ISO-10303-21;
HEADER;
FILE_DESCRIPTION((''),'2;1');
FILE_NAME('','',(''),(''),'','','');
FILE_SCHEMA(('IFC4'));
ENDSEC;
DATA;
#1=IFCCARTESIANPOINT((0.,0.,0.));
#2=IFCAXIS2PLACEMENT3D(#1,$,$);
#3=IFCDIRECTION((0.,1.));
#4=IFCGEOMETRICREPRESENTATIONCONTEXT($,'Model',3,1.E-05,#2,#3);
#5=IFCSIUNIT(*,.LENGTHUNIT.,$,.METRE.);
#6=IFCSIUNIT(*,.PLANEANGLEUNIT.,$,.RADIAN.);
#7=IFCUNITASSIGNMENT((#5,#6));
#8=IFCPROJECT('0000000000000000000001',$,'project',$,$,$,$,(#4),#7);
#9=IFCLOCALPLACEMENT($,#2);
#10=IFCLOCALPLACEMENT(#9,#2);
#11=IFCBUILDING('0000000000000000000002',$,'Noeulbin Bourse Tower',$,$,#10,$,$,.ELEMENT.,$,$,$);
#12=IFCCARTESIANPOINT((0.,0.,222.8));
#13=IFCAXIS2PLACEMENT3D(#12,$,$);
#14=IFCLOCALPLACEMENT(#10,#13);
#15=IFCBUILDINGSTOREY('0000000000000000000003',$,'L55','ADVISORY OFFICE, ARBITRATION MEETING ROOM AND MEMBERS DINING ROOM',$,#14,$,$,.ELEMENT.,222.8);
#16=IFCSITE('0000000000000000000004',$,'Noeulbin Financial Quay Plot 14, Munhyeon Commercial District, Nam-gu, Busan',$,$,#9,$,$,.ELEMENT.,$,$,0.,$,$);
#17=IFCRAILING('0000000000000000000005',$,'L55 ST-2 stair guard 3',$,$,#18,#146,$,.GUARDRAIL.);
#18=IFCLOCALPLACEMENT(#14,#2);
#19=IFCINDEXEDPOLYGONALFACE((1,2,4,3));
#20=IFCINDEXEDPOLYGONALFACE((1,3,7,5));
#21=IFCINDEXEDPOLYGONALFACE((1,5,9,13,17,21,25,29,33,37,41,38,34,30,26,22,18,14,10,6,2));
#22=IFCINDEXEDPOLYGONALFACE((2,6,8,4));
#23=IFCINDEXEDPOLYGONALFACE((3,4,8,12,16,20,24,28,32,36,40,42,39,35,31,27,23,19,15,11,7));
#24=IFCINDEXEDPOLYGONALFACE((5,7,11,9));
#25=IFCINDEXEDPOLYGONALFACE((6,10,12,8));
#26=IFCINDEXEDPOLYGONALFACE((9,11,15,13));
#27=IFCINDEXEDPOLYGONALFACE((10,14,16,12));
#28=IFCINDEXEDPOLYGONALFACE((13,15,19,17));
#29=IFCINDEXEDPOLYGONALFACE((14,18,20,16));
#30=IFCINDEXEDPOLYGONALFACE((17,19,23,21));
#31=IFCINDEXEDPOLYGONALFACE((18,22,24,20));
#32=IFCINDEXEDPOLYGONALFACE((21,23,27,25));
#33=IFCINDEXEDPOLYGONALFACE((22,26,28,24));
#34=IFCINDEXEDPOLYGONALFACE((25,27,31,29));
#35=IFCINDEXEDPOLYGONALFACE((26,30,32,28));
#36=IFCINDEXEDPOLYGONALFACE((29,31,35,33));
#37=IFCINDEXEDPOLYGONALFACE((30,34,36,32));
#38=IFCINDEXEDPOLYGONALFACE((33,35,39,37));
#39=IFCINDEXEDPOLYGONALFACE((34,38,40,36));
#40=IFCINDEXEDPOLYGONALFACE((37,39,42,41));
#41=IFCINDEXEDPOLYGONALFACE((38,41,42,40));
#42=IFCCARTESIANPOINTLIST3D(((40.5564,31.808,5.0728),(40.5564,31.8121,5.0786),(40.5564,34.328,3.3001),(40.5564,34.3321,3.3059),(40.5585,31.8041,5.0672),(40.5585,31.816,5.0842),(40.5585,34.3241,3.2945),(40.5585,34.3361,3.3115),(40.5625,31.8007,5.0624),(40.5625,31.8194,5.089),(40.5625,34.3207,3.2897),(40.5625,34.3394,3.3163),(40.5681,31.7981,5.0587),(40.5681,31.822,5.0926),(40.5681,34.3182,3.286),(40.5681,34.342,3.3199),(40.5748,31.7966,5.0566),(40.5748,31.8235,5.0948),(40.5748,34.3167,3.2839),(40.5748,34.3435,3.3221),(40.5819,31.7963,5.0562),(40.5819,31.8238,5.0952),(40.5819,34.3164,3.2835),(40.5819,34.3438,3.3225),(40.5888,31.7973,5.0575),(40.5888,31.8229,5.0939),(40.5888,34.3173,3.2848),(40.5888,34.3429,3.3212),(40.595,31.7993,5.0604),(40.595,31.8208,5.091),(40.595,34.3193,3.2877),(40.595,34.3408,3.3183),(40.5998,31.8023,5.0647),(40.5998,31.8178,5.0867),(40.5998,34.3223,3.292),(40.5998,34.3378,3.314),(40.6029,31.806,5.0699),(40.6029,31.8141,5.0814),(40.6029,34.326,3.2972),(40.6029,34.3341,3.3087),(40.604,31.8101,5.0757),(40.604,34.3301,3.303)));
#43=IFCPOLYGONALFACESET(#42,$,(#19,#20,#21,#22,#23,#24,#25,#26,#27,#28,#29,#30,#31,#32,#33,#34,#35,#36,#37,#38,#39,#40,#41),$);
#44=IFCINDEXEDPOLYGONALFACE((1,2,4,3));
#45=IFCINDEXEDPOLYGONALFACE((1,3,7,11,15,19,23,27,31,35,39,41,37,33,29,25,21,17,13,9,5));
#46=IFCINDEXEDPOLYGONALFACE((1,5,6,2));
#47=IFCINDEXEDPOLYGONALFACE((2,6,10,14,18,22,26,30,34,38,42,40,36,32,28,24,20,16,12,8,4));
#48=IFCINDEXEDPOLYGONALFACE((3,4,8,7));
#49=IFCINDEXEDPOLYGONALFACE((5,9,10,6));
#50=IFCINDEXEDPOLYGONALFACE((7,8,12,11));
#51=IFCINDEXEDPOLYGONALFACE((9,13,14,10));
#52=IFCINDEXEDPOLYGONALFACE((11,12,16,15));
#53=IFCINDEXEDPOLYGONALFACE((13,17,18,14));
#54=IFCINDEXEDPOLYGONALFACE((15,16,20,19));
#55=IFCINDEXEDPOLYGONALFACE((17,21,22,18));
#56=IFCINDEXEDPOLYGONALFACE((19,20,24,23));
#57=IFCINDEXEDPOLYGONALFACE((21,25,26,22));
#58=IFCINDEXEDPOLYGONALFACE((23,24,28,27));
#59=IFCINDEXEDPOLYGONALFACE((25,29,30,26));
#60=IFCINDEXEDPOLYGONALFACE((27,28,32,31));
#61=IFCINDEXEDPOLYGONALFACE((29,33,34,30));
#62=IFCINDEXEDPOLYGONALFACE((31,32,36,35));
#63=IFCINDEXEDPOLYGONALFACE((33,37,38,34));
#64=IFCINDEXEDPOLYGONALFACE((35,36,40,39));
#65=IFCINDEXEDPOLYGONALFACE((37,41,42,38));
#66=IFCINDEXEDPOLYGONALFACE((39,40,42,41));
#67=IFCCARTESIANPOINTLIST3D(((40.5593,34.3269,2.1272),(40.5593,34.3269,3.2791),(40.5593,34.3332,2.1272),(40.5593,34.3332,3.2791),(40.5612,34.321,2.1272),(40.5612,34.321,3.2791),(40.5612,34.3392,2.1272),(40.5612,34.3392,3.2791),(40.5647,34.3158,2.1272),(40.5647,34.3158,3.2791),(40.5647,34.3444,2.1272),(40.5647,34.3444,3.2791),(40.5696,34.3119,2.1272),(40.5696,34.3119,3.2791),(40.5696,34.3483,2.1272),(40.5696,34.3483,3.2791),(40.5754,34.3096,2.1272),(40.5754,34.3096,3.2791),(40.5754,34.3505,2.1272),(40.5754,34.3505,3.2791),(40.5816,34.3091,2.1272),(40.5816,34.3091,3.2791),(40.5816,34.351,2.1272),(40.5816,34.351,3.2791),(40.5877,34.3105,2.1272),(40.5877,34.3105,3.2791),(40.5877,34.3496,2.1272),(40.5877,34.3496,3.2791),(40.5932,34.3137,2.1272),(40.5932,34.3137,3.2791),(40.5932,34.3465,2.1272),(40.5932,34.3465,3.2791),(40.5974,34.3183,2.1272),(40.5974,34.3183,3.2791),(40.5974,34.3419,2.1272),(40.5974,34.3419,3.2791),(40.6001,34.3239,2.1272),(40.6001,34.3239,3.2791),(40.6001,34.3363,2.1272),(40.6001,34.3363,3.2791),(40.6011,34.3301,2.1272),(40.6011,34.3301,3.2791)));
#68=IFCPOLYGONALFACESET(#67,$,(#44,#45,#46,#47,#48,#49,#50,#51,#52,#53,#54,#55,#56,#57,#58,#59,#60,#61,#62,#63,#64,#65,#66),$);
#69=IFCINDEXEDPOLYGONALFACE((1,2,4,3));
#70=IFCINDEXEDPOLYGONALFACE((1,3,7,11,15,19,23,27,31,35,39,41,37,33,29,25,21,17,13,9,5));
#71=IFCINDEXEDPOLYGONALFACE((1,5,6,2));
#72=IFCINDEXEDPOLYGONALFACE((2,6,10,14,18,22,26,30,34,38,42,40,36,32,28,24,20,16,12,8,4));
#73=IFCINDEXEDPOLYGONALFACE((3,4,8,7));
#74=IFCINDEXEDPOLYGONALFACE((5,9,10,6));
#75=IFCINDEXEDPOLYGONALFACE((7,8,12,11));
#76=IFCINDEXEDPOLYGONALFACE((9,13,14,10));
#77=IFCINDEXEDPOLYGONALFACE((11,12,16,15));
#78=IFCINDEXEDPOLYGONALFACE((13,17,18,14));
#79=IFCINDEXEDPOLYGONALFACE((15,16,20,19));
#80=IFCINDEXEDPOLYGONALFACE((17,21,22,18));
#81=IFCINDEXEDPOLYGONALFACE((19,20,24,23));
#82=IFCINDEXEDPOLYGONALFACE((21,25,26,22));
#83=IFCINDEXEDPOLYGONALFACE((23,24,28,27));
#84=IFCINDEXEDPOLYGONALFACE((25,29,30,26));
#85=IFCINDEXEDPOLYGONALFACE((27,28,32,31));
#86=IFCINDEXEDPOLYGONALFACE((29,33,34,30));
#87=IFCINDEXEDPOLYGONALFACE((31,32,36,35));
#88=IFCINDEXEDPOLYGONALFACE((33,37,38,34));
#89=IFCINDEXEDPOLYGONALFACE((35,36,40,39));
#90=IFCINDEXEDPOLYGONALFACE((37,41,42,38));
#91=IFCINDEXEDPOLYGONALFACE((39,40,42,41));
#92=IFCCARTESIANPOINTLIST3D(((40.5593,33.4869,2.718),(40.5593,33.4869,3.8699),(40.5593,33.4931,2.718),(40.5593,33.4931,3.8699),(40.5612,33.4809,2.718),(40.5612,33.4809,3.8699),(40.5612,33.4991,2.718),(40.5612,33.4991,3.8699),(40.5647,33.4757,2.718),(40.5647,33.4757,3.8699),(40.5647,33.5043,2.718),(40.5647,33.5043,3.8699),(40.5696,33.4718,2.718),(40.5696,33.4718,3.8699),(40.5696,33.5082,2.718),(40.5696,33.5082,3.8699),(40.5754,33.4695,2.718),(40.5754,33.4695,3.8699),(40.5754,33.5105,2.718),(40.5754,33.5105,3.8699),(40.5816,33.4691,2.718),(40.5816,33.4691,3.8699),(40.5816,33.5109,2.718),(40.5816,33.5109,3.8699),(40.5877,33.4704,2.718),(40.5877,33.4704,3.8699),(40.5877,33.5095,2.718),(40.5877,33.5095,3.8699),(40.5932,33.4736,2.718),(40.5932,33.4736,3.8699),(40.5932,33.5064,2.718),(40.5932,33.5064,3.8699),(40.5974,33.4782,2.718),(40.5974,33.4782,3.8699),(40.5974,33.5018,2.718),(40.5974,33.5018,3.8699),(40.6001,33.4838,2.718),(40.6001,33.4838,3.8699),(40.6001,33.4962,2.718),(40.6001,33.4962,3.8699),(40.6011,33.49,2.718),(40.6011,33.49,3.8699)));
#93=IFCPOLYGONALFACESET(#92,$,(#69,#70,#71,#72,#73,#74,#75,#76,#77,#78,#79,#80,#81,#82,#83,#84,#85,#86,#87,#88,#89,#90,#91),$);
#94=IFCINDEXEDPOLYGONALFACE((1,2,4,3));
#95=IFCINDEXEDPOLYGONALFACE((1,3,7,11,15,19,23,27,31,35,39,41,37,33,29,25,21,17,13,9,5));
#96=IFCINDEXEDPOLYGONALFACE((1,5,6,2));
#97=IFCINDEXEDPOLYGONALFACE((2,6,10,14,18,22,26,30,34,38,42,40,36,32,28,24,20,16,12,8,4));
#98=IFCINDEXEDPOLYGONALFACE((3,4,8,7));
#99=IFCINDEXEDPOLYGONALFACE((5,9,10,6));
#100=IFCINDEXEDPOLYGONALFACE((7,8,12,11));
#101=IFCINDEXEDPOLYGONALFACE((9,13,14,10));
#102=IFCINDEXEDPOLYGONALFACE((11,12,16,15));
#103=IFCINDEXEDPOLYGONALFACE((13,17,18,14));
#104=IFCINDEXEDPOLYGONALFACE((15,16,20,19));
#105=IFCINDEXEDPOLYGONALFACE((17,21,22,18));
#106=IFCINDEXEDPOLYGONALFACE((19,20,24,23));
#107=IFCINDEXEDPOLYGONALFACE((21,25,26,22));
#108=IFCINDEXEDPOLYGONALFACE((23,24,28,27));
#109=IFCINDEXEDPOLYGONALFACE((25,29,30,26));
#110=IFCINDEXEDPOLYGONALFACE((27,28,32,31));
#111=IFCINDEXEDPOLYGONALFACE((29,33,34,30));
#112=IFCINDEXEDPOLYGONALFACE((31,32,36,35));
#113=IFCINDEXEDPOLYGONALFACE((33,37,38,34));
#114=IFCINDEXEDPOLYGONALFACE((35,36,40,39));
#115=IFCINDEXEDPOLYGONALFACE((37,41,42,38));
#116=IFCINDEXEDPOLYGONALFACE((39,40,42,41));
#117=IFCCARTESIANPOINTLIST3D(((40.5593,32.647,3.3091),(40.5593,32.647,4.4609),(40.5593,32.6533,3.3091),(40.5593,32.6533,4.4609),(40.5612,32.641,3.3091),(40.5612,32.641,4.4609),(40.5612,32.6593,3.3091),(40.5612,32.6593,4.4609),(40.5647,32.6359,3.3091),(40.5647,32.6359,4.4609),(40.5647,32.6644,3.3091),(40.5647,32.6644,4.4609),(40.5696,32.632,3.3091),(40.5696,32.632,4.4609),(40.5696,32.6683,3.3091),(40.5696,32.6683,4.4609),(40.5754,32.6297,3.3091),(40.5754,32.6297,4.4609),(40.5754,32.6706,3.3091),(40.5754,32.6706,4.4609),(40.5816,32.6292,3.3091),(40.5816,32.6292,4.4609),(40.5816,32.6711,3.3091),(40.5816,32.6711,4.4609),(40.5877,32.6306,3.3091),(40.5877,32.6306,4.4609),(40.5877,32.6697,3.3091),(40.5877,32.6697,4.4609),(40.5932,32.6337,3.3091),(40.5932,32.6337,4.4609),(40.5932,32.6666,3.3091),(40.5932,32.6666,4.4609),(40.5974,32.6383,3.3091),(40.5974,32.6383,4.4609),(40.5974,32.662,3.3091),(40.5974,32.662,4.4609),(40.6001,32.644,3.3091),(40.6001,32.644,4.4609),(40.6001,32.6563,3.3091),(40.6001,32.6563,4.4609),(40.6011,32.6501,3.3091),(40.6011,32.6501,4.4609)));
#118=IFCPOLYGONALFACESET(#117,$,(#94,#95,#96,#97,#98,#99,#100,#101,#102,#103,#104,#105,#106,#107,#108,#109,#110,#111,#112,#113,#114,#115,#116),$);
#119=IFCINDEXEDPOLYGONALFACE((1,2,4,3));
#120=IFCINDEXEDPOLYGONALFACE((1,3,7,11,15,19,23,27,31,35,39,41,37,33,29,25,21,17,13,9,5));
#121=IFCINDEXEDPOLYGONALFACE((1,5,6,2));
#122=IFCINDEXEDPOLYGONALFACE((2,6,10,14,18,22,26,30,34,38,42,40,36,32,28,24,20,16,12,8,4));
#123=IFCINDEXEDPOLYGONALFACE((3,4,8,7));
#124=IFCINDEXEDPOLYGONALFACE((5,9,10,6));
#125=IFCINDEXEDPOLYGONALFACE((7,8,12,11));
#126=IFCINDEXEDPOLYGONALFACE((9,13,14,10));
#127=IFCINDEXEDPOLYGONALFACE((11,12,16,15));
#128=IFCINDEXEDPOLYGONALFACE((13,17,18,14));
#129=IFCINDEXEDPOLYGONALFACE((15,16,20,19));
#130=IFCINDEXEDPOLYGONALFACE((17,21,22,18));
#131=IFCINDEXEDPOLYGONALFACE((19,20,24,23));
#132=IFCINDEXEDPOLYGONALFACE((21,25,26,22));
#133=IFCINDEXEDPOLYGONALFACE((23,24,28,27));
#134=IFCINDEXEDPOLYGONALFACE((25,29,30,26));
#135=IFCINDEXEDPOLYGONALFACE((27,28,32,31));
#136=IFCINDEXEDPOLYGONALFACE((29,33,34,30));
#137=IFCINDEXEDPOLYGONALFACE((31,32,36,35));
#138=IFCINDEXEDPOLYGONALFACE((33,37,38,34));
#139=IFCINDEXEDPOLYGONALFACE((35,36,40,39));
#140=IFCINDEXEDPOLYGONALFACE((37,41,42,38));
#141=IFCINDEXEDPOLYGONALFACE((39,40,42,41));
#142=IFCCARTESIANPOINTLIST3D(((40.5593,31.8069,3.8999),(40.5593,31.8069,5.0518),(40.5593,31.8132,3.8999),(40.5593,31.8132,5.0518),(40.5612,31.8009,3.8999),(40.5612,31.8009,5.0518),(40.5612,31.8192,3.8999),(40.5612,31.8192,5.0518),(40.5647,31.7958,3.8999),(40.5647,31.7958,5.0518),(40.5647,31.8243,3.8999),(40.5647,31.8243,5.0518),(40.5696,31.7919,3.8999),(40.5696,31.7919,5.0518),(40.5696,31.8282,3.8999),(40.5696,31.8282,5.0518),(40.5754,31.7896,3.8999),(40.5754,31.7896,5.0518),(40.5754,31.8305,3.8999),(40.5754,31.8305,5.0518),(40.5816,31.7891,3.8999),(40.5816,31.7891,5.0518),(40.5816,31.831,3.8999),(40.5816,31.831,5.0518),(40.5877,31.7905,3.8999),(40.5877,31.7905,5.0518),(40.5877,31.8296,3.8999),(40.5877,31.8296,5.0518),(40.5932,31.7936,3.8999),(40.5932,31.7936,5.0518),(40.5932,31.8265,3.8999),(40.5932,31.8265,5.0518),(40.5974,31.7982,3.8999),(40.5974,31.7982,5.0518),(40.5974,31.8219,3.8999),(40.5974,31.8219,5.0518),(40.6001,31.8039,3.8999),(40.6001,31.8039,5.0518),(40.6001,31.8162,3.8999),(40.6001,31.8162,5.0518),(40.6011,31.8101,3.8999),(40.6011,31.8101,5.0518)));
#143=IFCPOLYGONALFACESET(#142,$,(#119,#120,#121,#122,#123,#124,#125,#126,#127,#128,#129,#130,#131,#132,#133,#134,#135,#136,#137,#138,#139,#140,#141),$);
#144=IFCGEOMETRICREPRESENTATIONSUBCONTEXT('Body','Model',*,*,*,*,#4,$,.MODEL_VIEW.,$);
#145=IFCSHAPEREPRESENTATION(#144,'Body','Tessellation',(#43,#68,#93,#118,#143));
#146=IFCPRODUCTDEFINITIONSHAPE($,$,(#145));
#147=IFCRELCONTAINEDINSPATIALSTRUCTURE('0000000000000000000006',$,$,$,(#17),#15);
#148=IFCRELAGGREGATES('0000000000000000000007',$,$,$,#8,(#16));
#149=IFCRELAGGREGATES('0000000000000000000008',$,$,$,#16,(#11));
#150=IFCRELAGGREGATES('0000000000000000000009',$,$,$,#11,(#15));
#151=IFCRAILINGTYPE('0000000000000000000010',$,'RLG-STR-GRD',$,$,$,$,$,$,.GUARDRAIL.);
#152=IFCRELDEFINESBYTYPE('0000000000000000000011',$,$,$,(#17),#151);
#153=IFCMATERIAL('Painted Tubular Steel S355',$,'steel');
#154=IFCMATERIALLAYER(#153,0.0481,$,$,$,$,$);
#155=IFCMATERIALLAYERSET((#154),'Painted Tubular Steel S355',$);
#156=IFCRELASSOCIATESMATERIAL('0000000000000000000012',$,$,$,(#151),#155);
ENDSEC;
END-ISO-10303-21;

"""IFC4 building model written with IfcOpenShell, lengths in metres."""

from ifc_helpers import new_model, si_unit, direction, frame, origin, origin_2d, place, context, subcontext, project, spatial, circle, extrude, material, layer, layer_set, type_object, element, save


model = new_model("IFC4")

# Units and contexts
model_context = context("Model", 3, precision=1e-05, world=origin(), true_north=direction((0.0, 1.0)))
body_context = subcontext(model_context, "Body", "Model", "MODEL_VIEW")
ifc_project = project(units=[si_unit("LENGTHUNIT", "METRE"), si_unit("PLANEANGLEUNIT", "RADIAN")], contexts=[model_context])

# Site, building, storey
site_placement = place(None, origin())
site = spatial("IfcSite", under=ifc_project, at=site_placement, Name="Noeulbin Financial Quay Plot 14, Munhyeon Commercial District, Nam-gu, Busan", CompositionType="ELEMENT", RefElevation=0.0)
building_placement = place(site_placement, origin())
building = spatial("IfcBuilding", under=site, at=building_placement, Name="Noeulbin Bourse Tower", CompositionType="ELEMENT")
storey_placement = place(building_placement, frame((0.0, 0.0, 222.8)))
storey = spatial("IfcBuildingStorey", under=building, at=storey_placement, Name="L55", Description="ADVISORY OFFICE, ARBITRATION MEETING ROOM AND MEMBERS DINING ROOM", CompositionType="ELEMENT", Elevation=222.8)

# Railing
ifc_material_1 = material(Name="Painted Tubular Steel S355", Category="steel")
ifc_layer_1 = layer(ifc_material_1, 0.0481)
ifc_layer_set_1 = layer_set([ifc_layer_1], Name="Painted Tubular Steel S355")
railing_type_1 = type_object("IfcRailingType", Name="RLG-STR-GRD", PredefinedType="GUARDRAIL", material=ifc_layer_set_1)
railing_1_placement = place(storey_placement, frame((40.5801, 34.3301, 2.1272)))
element("IfcRailing", 1, at=railing_1_placement, inside=storey, type_object=railing_type_1, Name="L55 ST-2 stair guard 3", PredefinedType="GUARDRAIL", context=body_context, shape_type="SweptSolid", body=[
    extrude(circle(Radius=0.0239, at=origin_2d()), frame((0.0, 0.0, 1.1758), z_axis=(0.0, -0.817904, 0.575354), x_axis=(1.0, 0.0, 0.0)), (0.0, 0.0, 1.0), 3.0811),
    extrude(circle(Radius=0.021, at=origin_2d()), origin(), (0.0, 0.0, 1.0), 1.1519),
    extrude(circle(Radius=0.021, at=origin_2d()), frame((0.0, -0.8401, 0.5908)), (0.0, 0.0, 1.0), 1.1519),
    extrude(circle(Radius=0.021, at=origin_2d()), frame((0.0, -1.6799, 1.1819)), (0.0, 0.0, 1.0), 1.1519),
    extrude(circle(Radius=0.021, at=origin_2d()), frame((0.0, -2.52, 1.7727)), (0.0, 0.0, 1.0), 1.1519),
])

save(model, "model.ifc")
